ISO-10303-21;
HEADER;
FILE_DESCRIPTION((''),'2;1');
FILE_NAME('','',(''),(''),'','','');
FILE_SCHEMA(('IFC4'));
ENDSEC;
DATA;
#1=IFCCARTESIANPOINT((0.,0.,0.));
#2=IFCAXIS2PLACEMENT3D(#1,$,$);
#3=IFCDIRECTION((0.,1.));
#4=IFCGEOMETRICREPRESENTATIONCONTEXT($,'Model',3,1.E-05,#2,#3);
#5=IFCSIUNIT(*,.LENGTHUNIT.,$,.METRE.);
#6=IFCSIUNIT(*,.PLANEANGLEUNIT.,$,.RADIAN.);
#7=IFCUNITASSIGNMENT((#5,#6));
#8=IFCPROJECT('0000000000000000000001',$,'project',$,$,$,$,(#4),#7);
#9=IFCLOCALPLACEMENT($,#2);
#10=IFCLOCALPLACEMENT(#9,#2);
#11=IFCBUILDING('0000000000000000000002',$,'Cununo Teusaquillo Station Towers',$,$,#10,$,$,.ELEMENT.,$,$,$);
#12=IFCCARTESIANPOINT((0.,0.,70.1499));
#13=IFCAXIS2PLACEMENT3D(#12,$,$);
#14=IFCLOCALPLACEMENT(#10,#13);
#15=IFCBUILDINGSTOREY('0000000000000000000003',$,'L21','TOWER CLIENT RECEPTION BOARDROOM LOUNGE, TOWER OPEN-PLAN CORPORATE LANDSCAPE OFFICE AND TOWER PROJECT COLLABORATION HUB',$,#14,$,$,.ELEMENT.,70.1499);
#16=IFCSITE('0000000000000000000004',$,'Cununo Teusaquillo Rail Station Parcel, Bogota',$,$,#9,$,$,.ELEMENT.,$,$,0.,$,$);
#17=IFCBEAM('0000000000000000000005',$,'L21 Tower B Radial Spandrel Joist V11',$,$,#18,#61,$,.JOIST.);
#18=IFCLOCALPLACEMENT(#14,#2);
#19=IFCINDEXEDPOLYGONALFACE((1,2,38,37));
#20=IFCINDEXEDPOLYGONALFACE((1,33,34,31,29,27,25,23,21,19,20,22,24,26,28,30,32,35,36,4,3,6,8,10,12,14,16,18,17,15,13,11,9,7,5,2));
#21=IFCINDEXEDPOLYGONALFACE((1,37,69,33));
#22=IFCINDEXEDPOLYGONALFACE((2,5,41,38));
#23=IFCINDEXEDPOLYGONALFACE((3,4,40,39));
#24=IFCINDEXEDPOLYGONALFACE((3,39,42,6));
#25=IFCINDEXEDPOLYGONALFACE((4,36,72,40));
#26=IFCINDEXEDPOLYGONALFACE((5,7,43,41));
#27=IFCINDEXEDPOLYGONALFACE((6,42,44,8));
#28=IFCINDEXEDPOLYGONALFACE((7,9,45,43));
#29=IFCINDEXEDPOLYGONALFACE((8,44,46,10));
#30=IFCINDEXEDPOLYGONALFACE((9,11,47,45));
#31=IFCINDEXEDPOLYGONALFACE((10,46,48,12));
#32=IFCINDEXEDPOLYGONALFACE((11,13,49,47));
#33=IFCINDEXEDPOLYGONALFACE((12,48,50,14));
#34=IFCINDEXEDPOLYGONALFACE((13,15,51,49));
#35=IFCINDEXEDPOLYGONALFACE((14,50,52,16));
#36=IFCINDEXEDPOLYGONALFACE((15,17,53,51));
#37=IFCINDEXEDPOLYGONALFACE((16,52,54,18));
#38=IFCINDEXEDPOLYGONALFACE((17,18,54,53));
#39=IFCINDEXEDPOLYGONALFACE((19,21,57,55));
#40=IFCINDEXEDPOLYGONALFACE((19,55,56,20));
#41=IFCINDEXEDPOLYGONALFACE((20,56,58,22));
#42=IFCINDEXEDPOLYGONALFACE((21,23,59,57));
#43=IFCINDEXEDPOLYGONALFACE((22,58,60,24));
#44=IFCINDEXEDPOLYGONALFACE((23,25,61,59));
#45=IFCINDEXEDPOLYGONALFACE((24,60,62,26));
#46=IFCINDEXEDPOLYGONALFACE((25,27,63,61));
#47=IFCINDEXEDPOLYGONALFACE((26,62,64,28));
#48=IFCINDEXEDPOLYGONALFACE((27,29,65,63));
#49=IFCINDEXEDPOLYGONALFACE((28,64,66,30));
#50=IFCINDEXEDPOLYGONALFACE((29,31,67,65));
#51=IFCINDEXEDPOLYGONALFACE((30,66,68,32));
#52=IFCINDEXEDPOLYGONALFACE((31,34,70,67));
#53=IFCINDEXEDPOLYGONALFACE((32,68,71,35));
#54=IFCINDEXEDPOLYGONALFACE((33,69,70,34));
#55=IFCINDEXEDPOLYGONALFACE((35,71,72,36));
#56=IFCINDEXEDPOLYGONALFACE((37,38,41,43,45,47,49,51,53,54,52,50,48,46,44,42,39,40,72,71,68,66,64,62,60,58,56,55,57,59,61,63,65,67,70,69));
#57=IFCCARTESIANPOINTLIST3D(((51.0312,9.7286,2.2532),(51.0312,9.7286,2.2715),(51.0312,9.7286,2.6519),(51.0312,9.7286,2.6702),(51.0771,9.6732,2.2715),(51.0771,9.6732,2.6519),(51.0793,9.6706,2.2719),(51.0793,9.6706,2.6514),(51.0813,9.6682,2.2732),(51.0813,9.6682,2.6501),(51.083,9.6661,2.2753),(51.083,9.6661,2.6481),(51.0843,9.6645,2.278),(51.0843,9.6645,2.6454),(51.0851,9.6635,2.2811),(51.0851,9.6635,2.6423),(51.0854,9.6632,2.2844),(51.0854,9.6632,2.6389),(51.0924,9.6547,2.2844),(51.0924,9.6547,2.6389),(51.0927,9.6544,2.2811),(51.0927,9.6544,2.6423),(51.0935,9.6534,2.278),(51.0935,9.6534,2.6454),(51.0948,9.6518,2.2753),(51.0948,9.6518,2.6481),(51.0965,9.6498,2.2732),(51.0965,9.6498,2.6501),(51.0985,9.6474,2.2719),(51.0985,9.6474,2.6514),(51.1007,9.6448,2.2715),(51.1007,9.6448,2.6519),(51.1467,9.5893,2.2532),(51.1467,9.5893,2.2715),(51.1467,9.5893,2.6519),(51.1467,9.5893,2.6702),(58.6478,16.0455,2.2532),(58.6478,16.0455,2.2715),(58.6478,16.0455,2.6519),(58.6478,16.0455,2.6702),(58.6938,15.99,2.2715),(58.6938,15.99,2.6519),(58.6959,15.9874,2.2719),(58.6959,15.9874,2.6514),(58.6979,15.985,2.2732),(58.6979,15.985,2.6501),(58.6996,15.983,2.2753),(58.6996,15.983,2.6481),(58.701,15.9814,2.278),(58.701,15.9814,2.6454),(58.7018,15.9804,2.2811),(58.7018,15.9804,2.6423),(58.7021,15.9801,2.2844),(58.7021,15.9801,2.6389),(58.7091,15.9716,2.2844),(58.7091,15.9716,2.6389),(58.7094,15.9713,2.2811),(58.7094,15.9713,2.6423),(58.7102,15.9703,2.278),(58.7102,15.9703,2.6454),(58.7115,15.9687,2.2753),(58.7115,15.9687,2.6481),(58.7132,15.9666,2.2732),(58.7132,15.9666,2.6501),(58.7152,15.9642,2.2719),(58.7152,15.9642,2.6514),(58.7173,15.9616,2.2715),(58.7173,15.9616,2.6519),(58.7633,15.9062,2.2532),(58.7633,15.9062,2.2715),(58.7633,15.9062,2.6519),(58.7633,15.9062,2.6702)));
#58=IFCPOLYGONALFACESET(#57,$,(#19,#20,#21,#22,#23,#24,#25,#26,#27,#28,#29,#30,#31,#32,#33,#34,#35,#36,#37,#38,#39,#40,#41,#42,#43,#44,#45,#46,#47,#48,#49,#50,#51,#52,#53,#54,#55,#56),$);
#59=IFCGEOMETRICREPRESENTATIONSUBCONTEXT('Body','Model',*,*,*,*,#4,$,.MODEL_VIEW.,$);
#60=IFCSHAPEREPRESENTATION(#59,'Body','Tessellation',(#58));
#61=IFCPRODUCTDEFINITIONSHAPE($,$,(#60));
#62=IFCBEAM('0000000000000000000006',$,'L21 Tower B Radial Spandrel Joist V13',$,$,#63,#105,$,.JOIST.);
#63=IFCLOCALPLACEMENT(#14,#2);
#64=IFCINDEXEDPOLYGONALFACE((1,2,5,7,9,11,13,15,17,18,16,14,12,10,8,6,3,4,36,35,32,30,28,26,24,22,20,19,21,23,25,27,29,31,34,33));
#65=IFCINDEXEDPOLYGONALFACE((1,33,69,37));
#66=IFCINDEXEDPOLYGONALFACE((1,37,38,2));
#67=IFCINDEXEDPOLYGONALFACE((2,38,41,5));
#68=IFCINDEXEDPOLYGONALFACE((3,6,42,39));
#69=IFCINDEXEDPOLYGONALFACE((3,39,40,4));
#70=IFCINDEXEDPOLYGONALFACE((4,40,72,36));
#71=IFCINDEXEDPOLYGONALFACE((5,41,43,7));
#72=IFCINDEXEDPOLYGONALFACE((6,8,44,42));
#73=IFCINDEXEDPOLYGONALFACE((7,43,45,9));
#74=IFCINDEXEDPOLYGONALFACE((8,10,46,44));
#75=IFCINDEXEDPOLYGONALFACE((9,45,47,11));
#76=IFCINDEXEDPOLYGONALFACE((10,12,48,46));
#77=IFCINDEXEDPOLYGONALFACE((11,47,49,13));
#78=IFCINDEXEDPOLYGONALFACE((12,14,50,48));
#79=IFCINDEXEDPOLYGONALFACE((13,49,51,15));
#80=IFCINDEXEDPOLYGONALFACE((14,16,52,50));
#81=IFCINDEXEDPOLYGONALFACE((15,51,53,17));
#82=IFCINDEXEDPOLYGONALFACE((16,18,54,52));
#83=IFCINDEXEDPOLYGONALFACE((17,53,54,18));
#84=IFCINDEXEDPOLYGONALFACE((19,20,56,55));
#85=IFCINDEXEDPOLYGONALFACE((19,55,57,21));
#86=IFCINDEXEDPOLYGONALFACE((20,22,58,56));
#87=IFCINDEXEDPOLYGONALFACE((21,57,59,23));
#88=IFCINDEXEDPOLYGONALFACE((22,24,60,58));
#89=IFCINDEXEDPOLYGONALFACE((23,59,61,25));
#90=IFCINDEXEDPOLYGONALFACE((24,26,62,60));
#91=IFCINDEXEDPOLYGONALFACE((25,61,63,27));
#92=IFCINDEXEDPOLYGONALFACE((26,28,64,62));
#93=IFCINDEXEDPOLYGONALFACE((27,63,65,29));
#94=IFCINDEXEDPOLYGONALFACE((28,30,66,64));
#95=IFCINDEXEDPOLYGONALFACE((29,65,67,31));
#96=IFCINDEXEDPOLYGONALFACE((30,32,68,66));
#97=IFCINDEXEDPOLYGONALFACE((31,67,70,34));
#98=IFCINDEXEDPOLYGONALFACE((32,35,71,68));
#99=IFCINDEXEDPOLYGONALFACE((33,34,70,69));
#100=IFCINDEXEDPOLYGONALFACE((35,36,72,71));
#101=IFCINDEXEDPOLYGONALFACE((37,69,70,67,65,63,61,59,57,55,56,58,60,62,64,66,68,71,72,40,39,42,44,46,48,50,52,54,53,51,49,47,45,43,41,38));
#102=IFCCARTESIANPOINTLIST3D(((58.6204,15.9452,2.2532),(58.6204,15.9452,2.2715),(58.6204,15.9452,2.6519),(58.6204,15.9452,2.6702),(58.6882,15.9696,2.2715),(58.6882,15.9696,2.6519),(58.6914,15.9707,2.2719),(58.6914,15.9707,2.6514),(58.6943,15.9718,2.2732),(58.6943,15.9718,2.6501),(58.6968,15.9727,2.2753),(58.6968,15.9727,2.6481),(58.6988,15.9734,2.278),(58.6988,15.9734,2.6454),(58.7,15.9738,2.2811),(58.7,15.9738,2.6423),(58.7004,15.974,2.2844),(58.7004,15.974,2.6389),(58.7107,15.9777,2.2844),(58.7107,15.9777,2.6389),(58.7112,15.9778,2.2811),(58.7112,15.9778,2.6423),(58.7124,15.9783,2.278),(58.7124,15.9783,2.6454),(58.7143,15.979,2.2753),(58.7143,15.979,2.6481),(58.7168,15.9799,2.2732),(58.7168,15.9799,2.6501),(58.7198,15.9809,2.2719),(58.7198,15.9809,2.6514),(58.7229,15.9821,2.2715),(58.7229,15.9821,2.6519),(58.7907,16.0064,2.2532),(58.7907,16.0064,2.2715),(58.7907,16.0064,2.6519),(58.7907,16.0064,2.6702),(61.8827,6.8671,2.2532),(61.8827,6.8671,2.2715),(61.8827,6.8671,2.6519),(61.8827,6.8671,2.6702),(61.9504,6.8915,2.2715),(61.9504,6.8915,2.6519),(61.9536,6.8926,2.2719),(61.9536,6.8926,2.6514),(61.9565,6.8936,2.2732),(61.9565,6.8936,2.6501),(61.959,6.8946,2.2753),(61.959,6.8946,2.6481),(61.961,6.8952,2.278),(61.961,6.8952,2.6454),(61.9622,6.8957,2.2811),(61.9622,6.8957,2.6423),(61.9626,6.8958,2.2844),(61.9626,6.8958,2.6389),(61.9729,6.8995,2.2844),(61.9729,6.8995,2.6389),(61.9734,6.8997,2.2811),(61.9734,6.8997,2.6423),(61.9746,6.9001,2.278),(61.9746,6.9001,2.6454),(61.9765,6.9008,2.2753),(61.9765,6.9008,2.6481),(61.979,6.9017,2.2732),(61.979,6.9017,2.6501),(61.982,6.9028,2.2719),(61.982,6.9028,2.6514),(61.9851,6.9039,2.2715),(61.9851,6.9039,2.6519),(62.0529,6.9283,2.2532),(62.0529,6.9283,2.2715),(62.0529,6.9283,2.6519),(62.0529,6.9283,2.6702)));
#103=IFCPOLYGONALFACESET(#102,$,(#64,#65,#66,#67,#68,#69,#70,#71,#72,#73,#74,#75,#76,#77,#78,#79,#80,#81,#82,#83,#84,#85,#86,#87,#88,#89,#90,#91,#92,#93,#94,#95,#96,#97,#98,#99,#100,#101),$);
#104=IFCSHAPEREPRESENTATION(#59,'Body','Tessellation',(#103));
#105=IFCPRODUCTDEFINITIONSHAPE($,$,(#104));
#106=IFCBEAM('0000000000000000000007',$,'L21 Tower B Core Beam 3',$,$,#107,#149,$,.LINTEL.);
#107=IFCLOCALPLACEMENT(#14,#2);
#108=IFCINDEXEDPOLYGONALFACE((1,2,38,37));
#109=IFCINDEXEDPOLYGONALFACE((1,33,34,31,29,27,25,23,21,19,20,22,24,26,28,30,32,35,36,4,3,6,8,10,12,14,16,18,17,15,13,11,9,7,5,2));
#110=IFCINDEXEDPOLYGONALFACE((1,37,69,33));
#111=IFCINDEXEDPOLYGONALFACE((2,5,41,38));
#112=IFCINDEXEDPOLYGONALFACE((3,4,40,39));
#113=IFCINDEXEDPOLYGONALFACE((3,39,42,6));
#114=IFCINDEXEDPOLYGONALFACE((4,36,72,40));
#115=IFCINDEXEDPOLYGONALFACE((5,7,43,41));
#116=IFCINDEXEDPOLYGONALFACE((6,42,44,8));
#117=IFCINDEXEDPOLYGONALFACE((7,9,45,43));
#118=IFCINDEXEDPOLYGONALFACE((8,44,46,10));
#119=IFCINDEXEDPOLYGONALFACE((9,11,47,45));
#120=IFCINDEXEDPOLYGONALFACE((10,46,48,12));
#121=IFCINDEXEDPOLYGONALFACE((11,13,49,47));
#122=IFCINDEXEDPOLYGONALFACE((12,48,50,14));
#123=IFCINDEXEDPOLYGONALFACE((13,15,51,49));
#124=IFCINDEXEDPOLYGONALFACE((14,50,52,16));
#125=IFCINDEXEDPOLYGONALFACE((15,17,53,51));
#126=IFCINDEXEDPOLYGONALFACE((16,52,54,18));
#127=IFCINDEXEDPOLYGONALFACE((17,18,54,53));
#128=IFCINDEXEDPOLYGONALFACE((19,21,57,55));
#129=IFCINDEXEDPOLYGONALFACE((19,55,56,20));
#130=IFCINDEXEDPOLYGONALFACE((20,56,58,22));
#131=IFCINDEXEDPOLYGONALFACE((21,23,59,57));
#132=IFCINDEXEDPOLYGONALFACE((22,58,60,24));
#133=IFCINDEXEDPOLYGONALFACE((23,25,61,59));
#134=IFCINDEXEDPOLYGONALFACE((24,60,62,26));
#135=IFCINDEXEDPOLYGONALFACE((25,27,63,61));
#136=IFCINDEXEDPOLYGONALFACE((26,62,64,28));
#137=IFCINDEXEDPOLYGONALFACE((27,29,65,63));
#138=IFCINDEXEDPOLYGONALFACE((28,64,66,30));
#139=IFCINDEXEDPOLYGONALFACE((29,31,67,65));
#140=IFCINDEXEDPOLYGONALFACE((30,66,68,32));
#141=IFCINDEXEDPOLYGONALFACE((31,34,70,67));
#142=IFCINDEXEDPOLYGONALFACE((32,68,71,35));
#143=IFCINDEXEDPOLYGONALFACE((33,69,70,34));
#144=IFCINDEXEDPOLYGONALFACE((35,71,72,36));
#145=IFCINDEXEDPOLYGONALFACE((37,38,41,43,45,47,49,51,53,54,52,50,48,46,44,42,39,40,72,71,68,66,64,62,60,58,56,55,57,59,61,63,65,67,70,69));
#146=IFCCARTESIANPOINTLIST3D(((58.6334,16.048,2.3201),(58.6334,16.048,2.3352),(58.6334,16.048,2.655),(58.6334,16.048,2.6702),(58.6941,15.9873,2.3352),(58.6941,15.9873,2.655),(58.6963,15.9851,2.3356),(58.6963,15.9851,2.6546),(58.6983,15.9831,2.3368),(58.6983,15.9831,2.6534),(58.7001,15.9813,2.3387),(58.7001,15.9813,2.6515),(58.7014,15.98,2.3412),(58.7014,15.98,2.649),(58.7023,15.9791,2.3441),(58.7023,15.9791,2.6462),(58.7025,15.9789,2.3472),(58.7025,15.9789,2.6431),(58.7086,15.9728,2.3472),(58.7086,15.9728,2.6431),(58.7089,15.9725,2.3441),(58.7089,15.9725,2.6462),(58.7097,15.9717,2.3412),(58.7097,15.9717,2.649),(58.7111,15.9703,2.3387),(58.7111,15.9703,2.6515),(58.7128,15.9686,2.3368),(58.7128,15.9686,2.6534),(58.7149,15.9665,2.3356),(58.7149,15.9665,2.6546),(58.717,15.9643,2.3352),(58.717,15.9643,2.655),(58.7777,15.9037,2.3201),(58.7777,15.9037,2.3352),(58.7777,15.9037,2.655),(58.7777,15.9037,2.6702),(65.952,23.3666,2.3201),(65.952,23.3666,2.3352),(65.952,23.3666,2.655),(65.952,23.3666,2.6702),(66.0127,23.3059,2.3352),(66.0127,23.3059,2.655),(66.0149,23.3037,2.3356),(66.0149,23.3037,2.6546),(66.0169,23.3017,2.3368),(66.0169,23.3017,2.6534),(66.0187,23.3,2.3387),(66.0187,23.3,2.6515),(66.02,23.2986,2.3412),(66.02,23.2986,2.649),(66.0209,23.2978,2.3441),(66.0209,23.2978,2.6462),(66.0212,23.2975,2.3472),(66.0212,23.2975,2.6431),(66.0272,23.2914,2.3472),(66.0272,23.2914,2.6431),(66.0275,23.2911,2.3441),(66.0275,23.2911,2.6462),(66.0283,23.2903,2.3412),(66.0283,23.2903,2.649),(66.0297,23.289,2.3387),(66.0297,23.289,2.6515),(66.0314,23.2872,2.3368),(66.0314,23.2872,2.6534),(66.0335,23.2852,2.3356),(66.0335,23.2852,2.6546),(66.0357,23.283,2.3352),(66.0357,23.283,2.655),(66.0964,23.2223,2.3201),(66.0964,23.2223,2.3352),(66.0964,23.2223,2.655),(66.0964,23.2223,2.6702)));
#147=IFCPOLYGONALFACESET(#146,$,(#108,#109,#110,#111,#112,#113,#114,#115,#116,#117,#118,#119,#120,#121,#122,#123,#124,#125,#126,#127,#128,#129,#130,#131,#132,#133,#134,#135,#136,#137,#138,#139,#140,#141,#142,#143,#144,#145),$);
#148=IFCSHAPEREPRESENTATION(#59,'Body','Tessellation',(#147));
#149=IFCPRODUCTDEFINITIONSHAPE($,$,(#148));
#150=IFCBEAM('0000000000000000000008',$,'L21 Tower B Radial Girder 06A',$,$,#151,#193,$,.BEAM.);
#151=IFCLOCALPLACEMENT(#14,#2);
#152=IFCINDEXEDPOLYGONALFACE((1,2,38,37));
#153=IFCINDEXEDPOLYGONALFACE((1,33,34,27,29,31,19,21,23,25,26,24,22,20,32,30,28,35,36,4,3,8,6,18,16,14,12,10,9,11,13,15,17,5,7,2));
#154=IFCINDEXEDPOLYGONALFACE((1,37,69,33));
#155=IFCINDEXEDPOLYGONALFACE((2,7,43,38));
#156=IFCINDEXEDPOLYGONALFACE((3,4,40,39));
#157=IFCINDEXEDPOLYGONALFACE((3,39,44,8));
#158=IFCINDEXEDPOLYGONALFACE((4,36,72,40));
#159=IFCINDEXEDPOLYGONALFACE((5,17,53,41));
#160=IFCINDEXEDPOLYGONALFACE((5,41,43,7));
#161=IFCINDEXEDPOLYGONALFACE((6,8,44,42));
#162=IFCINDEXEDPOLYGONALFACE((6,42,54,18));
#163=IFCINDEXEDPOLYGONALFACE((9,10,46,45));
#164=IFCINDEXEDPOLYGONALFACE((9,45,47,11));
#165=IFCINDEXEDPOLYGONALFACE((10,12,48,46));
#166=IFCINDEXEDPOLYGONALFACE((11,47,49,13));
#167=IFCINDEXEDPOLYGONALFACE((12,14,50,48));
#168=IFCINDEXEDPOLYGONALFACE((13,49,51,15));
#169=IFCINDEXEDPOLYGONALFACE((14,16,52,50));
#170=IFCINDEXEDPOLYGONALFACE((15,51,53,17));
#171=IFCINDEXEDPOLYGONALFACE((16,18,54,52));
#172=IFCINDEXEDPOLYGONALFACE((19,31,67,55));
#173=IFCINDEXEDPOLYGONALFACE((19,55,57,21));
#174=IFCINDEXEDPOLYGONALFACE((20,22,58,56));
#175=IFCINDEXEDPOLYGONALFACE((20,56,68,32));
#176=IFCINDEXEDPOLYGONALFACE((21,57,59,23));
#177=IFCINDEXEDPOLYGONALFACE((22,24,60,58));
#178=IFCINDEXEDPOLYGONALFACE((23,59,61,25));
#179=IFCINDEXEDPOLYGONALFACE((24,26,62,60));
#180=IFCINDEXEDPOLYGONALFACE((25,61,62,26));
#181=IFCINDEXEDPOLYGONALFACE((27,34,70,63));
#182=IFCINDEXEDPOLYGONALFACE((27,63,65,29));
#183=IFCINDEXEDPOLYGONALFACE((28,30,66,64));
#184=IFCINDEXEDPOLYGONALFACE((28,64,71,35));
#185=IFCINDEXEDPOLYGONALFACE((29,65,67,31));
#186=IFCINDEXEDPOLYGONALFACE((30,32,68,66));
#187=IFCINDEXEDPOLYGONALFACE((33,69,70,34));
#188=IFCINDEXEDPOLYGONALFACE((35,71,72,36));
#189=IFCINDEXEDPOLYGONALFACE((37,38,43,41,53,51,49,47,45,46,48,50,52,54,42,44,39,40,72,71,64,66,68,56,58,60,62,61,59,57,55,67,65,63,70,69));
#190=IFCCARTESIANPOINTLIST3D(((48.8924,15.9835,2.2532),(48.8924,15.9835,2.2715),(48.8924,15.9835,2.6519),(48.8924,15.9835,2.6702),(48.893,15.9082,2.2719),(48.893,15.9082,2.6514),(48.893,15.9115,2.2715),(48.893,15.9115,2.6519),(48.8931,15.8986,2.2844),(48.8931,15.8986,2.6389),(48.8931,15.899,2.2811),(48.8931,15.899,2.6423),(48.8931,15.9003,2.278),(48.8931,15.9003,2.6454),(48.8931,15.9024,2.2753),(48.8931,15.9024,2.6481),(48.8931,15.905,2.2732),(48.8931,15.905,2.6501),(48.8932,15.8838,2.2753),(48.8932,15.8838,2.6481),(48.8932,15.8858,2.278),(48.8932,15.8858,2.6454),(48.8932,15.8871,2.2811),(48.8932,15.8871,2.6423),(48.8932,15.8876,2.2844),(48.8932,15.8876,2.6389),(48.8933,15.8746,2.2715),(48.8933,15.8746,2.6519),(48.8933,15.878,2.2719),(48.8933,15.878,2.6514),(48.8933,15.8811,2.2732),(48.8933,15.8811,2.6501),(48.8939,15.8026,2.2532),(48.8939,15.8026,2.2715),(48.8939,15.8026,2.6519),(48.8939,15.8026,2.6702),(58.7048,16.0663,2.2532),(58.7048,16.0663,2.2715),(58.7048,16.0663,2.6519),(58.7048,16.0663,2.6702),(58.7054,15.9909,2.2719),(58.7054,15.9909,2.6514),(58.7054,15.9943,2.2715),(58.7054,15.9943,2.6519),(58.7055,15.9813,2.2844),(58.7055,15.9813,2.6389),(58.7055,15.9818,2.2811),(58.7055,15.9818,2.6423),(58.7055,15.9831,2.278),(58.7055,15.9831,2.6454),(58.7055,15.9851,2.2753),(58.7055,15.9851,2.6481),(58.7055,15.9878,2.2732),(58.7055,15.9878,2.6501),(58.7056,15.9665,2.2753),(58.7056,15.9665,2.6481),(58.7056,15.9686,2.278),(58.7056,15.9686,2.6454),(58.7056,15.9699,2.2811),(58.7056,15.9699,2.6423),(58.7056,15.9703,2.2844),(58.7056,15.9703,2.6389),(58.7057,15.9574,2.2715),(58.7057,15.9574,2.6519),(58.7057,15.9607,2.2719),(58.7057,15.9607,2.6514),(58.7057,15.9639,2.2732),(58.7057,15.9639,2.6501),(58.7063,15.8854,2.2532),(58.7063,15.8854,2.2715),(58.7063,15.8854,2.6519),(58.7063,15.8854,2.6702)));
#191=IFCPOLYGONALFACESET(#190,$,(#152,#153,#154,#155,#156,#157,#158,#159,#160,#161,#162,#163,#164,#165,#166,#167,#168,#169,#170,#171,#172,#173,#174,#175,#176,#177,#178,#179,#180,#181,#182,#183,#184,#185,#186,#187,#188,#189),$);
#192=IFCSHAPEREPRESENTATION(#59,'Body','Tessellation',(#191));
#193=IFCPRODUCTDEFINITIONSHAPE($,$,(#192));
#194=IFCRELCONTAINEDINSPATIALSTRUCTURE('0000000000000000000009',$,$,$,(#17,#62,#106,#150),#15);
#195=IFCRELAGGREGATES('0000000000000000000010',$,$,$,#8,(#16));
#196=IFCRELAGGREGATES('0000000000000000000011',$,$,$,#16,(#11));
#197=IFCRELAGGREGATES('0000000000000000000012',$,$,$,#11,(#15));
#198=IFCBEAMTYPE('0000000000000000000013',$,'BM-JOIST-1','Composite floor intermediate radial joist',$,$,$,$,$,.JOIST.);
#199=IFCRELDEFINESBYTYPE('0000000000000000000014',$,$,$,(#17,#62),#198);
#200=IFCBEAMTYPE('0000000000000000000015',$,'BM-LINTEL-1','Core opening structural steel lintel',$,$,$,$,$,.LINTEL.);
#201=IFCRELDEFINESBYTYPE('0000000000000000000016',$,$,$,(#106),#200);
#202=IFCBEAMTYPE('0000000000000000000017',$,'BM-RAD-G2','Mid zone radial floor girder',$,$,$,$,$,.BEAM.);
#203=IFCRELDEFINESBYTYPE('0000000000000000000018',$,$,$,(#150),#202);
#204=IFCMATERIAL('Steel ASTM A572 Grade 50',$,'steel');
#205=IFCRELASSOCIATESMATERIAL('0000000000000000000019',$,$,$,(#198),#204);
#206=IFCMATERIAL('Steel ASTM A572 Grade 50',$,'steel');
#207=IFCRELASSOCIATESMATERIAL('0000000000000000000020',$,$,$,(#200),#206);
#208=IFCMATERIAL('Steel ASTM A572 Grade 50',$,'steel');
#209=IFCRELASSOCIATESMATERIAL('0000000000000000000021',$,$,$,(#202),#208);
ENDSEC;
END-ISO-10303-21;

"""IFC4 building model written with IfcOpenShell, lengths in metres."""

from ifc_helpers import new_model, si_unit, direction, frame, origin, origin_2d, place, context, subcontext, project, spatial, i_section, extrude, material, material_profile, profile_set, type_object, element, save


model = new_model("IFC4")

# Units and contexts
model_context = context("Model", 3, precision=1e-05, world=origin(), true_north=direction((0.0, 1.0)))
body_context = subcontext(model_context, "Body", "Model", "MODEL_VIEW")
ifc_project = project(units=[si_unit("LENGTHUNIT", "METRE"), si_unit("PLANEANGLEUNIT", "RADIAN")], contexts=[model_context])

# Site, building, storey
site_placement = place(None, origin())
site = spatial("IfcSite", under=ifc_project, at=site_placement, Name="Cununo Teusaquillo Rail Station Parcel, Bogota", CompositionType="ELEMENT", RefElevation=0.0)
building_placement = place(site_placement, origin())
building = spatial("IfcBuilding", under=site, at=building_placement, Name="Cununo Teusaquillo Station Towers", CompositionType="ELEMENT")
storey_placement = place(building_placement, frame((0.0, 0.0, 70.1499)))
storey = spatial("IfcBuildingStorey", under=building, at=storey_placement, Name="L21", Description="TOWER CLIENT RECEPTION BOARDROOM LOUNGE, TOWER OPEN-PLAN CORPORATE LANDSCAPE OFFICE AND TOWER PROJECT COLLABORATION HUB", CompositionType="ELEMENT", Elevation=70.1499)

# Beams
ifc_material_1 = material(Name="Steel ASTM A572 Grade 50", Category="steel")
ifc_material_profile_1 = material_profile(ifc_material_1, i_section(OverallWidth=0.1809, OverallDepth=0.417, WebThickness=0.011, FlangeThickness=0.0183, FilletRadius=0.0129, at=origin_2d()), Name="W16X57")
ifc_profile_set_1 = profile_set([ifc_material_profile_1], Name="Steel ASTM A572 Grade 50")
beam_type_1 = type_object("IfcBeamType", Name="BM-JOIST-1", Description="Composite floor intermediate radial joist", PredefinedType="JOIST", material=ifc_profile_set_1)
beam_1_placement = place(storey_placement, frame((58.7056, 15.9758, 2.4617), z_axis=(-0.769728, -0.638372, 0.0), x_axis=(0.638372, -0.769728, 0.0)))
element("IfcBeam", 1, at=beam_1_placement, inside=storey, type_object=beam_type_1, Name="L21 Tower B Radial Spandrel Joist V11", PredefinedType="JOIST", context=body_context, shape_type="SweptSolid", body=[
    extrude(i_section(OverallWidth=0.1809, OverallDepth=0.417, WebThickness=0.011, FlangeThickness=0.0183, FilletRadius=0.0129, at=origin_2d()), origin(), (0.0, 0.0, 1.0), 9.8953),
])
beam_2_placement = place(storey_placement, frame((58.7056, 15.9758, 2.4617), z_axis=(0.338176, -0.941083, 0.0), x_axis=(0.941083, 0.338176, 0.0)))
element("IfcBeam", 2, at=beam_2_placement, inside=storey, type_object=beam_type_1, Name="L21 Tower B Radial Spandrel Joist V13", PredefinedType="JOIST", context=body_context, shape_type="SweptSolid", body=[
    extrude(i_section(OverallWidth=0.1809, OverallDepth=0.417, WebThickness=0.011, FlangeThickness=0.0183, FilletRadius=0.0129, at=origin_2d()), origin(), (0.0, 0.0, 1.0), 9.6465),
])
ifc_material_2 = material(Name="Steel ASTM A572 Grade 50", Category="steel")
ifc_material_profile_2 = material_profile(ifc_material_2, i_section(OverallWidth=0.2041, OverallDepth=0.3501, WebThickness=0.0085, FlangeThickness=0.0151, FilletRadius=0.012, at=origin_2d()), Name="W14X48")
ifc_profile_set_2 = profile_set([ifc_material_profile_2], Name="Steel ASTM A572 Grade 50")
beam_type_2 = type_object("IfcBeamType", Name="BM-LINTEL-1", Description="Core opening structural steel lintel", PredefinedType="LINTEL", material=ifc_profile_set_2)
beam_3_placement = place(storey_placement, frame((58.7056, 15.9758, 2.4951), z_axis=(0.707107, 0.707107, 0.0), x_axis=(-0.707107, 0.707107, 0.0)))
element("IfcBeam", 3, at=beam_3_placement, inside=storey, type_object=beam_type_2, Name="L21 Tower B Core Beam 3", PredefinedType="LINTEL", context=body_context, shape_type="SweptSolid", body=[
    extrude(i_section(OverallWidth=0.2041, OverallDepth=0.3501, WebThickness=0.0085, FlangeThickness=0.0151, FilletRadius=0.012, at=origin_2d()), origin(), (0.0, 0.0, 1.0), 10.3501),
])
ifc_material_3 = material(Name="Steel ASTM A572 Grade 50", Category="steel")
ifc_material_profile_3 = material_profile(ifc_material_3, i_section(OverallWidth=0.1809, OverallDepth=0.417, WebThickness=0.011, FlangeThickness=0.0183, FilletRadius=0.0129, at=origin_2d()), Name="W16X57")
ifc_profile_set_3 = profile_set([ifc_material_profile_3], Name="Steel ASTM A572 Grade 50")
beam_type_3 = type_object("IfcBeamType", Name="BM-RAD-G2", Description="Mid zone radial floor girder", PredefinedType="BEAM", material=ifc_profile_set_3)
beam_4_placement = place(storey_placement, frame((58.7056, 15.9758, 2.4617), z_axis=(-0.999964, -0.008434, 0.0), x_axis=(0.008434, -0.999964, 0.0)))
element("IfcBeam", 4, at=beam_4_placement, inside=storey, type_object=beam_type_3, Name="L21 Tower B Radial Girder 06A", PredefinedType="BEAM", context=body_context, shape_type="SweptSolid", body=[
    extrude(i_section(OverallWidth=0.1809, OverallDepth=0.417, WebThickness=0.011, FlangeThickness=0.0183, FilletRadius=0.0129, at=origin_2d()), origin(), (0.0, 0.0, 1.0), 9.8127),
])

save(model, "model.ifc")
